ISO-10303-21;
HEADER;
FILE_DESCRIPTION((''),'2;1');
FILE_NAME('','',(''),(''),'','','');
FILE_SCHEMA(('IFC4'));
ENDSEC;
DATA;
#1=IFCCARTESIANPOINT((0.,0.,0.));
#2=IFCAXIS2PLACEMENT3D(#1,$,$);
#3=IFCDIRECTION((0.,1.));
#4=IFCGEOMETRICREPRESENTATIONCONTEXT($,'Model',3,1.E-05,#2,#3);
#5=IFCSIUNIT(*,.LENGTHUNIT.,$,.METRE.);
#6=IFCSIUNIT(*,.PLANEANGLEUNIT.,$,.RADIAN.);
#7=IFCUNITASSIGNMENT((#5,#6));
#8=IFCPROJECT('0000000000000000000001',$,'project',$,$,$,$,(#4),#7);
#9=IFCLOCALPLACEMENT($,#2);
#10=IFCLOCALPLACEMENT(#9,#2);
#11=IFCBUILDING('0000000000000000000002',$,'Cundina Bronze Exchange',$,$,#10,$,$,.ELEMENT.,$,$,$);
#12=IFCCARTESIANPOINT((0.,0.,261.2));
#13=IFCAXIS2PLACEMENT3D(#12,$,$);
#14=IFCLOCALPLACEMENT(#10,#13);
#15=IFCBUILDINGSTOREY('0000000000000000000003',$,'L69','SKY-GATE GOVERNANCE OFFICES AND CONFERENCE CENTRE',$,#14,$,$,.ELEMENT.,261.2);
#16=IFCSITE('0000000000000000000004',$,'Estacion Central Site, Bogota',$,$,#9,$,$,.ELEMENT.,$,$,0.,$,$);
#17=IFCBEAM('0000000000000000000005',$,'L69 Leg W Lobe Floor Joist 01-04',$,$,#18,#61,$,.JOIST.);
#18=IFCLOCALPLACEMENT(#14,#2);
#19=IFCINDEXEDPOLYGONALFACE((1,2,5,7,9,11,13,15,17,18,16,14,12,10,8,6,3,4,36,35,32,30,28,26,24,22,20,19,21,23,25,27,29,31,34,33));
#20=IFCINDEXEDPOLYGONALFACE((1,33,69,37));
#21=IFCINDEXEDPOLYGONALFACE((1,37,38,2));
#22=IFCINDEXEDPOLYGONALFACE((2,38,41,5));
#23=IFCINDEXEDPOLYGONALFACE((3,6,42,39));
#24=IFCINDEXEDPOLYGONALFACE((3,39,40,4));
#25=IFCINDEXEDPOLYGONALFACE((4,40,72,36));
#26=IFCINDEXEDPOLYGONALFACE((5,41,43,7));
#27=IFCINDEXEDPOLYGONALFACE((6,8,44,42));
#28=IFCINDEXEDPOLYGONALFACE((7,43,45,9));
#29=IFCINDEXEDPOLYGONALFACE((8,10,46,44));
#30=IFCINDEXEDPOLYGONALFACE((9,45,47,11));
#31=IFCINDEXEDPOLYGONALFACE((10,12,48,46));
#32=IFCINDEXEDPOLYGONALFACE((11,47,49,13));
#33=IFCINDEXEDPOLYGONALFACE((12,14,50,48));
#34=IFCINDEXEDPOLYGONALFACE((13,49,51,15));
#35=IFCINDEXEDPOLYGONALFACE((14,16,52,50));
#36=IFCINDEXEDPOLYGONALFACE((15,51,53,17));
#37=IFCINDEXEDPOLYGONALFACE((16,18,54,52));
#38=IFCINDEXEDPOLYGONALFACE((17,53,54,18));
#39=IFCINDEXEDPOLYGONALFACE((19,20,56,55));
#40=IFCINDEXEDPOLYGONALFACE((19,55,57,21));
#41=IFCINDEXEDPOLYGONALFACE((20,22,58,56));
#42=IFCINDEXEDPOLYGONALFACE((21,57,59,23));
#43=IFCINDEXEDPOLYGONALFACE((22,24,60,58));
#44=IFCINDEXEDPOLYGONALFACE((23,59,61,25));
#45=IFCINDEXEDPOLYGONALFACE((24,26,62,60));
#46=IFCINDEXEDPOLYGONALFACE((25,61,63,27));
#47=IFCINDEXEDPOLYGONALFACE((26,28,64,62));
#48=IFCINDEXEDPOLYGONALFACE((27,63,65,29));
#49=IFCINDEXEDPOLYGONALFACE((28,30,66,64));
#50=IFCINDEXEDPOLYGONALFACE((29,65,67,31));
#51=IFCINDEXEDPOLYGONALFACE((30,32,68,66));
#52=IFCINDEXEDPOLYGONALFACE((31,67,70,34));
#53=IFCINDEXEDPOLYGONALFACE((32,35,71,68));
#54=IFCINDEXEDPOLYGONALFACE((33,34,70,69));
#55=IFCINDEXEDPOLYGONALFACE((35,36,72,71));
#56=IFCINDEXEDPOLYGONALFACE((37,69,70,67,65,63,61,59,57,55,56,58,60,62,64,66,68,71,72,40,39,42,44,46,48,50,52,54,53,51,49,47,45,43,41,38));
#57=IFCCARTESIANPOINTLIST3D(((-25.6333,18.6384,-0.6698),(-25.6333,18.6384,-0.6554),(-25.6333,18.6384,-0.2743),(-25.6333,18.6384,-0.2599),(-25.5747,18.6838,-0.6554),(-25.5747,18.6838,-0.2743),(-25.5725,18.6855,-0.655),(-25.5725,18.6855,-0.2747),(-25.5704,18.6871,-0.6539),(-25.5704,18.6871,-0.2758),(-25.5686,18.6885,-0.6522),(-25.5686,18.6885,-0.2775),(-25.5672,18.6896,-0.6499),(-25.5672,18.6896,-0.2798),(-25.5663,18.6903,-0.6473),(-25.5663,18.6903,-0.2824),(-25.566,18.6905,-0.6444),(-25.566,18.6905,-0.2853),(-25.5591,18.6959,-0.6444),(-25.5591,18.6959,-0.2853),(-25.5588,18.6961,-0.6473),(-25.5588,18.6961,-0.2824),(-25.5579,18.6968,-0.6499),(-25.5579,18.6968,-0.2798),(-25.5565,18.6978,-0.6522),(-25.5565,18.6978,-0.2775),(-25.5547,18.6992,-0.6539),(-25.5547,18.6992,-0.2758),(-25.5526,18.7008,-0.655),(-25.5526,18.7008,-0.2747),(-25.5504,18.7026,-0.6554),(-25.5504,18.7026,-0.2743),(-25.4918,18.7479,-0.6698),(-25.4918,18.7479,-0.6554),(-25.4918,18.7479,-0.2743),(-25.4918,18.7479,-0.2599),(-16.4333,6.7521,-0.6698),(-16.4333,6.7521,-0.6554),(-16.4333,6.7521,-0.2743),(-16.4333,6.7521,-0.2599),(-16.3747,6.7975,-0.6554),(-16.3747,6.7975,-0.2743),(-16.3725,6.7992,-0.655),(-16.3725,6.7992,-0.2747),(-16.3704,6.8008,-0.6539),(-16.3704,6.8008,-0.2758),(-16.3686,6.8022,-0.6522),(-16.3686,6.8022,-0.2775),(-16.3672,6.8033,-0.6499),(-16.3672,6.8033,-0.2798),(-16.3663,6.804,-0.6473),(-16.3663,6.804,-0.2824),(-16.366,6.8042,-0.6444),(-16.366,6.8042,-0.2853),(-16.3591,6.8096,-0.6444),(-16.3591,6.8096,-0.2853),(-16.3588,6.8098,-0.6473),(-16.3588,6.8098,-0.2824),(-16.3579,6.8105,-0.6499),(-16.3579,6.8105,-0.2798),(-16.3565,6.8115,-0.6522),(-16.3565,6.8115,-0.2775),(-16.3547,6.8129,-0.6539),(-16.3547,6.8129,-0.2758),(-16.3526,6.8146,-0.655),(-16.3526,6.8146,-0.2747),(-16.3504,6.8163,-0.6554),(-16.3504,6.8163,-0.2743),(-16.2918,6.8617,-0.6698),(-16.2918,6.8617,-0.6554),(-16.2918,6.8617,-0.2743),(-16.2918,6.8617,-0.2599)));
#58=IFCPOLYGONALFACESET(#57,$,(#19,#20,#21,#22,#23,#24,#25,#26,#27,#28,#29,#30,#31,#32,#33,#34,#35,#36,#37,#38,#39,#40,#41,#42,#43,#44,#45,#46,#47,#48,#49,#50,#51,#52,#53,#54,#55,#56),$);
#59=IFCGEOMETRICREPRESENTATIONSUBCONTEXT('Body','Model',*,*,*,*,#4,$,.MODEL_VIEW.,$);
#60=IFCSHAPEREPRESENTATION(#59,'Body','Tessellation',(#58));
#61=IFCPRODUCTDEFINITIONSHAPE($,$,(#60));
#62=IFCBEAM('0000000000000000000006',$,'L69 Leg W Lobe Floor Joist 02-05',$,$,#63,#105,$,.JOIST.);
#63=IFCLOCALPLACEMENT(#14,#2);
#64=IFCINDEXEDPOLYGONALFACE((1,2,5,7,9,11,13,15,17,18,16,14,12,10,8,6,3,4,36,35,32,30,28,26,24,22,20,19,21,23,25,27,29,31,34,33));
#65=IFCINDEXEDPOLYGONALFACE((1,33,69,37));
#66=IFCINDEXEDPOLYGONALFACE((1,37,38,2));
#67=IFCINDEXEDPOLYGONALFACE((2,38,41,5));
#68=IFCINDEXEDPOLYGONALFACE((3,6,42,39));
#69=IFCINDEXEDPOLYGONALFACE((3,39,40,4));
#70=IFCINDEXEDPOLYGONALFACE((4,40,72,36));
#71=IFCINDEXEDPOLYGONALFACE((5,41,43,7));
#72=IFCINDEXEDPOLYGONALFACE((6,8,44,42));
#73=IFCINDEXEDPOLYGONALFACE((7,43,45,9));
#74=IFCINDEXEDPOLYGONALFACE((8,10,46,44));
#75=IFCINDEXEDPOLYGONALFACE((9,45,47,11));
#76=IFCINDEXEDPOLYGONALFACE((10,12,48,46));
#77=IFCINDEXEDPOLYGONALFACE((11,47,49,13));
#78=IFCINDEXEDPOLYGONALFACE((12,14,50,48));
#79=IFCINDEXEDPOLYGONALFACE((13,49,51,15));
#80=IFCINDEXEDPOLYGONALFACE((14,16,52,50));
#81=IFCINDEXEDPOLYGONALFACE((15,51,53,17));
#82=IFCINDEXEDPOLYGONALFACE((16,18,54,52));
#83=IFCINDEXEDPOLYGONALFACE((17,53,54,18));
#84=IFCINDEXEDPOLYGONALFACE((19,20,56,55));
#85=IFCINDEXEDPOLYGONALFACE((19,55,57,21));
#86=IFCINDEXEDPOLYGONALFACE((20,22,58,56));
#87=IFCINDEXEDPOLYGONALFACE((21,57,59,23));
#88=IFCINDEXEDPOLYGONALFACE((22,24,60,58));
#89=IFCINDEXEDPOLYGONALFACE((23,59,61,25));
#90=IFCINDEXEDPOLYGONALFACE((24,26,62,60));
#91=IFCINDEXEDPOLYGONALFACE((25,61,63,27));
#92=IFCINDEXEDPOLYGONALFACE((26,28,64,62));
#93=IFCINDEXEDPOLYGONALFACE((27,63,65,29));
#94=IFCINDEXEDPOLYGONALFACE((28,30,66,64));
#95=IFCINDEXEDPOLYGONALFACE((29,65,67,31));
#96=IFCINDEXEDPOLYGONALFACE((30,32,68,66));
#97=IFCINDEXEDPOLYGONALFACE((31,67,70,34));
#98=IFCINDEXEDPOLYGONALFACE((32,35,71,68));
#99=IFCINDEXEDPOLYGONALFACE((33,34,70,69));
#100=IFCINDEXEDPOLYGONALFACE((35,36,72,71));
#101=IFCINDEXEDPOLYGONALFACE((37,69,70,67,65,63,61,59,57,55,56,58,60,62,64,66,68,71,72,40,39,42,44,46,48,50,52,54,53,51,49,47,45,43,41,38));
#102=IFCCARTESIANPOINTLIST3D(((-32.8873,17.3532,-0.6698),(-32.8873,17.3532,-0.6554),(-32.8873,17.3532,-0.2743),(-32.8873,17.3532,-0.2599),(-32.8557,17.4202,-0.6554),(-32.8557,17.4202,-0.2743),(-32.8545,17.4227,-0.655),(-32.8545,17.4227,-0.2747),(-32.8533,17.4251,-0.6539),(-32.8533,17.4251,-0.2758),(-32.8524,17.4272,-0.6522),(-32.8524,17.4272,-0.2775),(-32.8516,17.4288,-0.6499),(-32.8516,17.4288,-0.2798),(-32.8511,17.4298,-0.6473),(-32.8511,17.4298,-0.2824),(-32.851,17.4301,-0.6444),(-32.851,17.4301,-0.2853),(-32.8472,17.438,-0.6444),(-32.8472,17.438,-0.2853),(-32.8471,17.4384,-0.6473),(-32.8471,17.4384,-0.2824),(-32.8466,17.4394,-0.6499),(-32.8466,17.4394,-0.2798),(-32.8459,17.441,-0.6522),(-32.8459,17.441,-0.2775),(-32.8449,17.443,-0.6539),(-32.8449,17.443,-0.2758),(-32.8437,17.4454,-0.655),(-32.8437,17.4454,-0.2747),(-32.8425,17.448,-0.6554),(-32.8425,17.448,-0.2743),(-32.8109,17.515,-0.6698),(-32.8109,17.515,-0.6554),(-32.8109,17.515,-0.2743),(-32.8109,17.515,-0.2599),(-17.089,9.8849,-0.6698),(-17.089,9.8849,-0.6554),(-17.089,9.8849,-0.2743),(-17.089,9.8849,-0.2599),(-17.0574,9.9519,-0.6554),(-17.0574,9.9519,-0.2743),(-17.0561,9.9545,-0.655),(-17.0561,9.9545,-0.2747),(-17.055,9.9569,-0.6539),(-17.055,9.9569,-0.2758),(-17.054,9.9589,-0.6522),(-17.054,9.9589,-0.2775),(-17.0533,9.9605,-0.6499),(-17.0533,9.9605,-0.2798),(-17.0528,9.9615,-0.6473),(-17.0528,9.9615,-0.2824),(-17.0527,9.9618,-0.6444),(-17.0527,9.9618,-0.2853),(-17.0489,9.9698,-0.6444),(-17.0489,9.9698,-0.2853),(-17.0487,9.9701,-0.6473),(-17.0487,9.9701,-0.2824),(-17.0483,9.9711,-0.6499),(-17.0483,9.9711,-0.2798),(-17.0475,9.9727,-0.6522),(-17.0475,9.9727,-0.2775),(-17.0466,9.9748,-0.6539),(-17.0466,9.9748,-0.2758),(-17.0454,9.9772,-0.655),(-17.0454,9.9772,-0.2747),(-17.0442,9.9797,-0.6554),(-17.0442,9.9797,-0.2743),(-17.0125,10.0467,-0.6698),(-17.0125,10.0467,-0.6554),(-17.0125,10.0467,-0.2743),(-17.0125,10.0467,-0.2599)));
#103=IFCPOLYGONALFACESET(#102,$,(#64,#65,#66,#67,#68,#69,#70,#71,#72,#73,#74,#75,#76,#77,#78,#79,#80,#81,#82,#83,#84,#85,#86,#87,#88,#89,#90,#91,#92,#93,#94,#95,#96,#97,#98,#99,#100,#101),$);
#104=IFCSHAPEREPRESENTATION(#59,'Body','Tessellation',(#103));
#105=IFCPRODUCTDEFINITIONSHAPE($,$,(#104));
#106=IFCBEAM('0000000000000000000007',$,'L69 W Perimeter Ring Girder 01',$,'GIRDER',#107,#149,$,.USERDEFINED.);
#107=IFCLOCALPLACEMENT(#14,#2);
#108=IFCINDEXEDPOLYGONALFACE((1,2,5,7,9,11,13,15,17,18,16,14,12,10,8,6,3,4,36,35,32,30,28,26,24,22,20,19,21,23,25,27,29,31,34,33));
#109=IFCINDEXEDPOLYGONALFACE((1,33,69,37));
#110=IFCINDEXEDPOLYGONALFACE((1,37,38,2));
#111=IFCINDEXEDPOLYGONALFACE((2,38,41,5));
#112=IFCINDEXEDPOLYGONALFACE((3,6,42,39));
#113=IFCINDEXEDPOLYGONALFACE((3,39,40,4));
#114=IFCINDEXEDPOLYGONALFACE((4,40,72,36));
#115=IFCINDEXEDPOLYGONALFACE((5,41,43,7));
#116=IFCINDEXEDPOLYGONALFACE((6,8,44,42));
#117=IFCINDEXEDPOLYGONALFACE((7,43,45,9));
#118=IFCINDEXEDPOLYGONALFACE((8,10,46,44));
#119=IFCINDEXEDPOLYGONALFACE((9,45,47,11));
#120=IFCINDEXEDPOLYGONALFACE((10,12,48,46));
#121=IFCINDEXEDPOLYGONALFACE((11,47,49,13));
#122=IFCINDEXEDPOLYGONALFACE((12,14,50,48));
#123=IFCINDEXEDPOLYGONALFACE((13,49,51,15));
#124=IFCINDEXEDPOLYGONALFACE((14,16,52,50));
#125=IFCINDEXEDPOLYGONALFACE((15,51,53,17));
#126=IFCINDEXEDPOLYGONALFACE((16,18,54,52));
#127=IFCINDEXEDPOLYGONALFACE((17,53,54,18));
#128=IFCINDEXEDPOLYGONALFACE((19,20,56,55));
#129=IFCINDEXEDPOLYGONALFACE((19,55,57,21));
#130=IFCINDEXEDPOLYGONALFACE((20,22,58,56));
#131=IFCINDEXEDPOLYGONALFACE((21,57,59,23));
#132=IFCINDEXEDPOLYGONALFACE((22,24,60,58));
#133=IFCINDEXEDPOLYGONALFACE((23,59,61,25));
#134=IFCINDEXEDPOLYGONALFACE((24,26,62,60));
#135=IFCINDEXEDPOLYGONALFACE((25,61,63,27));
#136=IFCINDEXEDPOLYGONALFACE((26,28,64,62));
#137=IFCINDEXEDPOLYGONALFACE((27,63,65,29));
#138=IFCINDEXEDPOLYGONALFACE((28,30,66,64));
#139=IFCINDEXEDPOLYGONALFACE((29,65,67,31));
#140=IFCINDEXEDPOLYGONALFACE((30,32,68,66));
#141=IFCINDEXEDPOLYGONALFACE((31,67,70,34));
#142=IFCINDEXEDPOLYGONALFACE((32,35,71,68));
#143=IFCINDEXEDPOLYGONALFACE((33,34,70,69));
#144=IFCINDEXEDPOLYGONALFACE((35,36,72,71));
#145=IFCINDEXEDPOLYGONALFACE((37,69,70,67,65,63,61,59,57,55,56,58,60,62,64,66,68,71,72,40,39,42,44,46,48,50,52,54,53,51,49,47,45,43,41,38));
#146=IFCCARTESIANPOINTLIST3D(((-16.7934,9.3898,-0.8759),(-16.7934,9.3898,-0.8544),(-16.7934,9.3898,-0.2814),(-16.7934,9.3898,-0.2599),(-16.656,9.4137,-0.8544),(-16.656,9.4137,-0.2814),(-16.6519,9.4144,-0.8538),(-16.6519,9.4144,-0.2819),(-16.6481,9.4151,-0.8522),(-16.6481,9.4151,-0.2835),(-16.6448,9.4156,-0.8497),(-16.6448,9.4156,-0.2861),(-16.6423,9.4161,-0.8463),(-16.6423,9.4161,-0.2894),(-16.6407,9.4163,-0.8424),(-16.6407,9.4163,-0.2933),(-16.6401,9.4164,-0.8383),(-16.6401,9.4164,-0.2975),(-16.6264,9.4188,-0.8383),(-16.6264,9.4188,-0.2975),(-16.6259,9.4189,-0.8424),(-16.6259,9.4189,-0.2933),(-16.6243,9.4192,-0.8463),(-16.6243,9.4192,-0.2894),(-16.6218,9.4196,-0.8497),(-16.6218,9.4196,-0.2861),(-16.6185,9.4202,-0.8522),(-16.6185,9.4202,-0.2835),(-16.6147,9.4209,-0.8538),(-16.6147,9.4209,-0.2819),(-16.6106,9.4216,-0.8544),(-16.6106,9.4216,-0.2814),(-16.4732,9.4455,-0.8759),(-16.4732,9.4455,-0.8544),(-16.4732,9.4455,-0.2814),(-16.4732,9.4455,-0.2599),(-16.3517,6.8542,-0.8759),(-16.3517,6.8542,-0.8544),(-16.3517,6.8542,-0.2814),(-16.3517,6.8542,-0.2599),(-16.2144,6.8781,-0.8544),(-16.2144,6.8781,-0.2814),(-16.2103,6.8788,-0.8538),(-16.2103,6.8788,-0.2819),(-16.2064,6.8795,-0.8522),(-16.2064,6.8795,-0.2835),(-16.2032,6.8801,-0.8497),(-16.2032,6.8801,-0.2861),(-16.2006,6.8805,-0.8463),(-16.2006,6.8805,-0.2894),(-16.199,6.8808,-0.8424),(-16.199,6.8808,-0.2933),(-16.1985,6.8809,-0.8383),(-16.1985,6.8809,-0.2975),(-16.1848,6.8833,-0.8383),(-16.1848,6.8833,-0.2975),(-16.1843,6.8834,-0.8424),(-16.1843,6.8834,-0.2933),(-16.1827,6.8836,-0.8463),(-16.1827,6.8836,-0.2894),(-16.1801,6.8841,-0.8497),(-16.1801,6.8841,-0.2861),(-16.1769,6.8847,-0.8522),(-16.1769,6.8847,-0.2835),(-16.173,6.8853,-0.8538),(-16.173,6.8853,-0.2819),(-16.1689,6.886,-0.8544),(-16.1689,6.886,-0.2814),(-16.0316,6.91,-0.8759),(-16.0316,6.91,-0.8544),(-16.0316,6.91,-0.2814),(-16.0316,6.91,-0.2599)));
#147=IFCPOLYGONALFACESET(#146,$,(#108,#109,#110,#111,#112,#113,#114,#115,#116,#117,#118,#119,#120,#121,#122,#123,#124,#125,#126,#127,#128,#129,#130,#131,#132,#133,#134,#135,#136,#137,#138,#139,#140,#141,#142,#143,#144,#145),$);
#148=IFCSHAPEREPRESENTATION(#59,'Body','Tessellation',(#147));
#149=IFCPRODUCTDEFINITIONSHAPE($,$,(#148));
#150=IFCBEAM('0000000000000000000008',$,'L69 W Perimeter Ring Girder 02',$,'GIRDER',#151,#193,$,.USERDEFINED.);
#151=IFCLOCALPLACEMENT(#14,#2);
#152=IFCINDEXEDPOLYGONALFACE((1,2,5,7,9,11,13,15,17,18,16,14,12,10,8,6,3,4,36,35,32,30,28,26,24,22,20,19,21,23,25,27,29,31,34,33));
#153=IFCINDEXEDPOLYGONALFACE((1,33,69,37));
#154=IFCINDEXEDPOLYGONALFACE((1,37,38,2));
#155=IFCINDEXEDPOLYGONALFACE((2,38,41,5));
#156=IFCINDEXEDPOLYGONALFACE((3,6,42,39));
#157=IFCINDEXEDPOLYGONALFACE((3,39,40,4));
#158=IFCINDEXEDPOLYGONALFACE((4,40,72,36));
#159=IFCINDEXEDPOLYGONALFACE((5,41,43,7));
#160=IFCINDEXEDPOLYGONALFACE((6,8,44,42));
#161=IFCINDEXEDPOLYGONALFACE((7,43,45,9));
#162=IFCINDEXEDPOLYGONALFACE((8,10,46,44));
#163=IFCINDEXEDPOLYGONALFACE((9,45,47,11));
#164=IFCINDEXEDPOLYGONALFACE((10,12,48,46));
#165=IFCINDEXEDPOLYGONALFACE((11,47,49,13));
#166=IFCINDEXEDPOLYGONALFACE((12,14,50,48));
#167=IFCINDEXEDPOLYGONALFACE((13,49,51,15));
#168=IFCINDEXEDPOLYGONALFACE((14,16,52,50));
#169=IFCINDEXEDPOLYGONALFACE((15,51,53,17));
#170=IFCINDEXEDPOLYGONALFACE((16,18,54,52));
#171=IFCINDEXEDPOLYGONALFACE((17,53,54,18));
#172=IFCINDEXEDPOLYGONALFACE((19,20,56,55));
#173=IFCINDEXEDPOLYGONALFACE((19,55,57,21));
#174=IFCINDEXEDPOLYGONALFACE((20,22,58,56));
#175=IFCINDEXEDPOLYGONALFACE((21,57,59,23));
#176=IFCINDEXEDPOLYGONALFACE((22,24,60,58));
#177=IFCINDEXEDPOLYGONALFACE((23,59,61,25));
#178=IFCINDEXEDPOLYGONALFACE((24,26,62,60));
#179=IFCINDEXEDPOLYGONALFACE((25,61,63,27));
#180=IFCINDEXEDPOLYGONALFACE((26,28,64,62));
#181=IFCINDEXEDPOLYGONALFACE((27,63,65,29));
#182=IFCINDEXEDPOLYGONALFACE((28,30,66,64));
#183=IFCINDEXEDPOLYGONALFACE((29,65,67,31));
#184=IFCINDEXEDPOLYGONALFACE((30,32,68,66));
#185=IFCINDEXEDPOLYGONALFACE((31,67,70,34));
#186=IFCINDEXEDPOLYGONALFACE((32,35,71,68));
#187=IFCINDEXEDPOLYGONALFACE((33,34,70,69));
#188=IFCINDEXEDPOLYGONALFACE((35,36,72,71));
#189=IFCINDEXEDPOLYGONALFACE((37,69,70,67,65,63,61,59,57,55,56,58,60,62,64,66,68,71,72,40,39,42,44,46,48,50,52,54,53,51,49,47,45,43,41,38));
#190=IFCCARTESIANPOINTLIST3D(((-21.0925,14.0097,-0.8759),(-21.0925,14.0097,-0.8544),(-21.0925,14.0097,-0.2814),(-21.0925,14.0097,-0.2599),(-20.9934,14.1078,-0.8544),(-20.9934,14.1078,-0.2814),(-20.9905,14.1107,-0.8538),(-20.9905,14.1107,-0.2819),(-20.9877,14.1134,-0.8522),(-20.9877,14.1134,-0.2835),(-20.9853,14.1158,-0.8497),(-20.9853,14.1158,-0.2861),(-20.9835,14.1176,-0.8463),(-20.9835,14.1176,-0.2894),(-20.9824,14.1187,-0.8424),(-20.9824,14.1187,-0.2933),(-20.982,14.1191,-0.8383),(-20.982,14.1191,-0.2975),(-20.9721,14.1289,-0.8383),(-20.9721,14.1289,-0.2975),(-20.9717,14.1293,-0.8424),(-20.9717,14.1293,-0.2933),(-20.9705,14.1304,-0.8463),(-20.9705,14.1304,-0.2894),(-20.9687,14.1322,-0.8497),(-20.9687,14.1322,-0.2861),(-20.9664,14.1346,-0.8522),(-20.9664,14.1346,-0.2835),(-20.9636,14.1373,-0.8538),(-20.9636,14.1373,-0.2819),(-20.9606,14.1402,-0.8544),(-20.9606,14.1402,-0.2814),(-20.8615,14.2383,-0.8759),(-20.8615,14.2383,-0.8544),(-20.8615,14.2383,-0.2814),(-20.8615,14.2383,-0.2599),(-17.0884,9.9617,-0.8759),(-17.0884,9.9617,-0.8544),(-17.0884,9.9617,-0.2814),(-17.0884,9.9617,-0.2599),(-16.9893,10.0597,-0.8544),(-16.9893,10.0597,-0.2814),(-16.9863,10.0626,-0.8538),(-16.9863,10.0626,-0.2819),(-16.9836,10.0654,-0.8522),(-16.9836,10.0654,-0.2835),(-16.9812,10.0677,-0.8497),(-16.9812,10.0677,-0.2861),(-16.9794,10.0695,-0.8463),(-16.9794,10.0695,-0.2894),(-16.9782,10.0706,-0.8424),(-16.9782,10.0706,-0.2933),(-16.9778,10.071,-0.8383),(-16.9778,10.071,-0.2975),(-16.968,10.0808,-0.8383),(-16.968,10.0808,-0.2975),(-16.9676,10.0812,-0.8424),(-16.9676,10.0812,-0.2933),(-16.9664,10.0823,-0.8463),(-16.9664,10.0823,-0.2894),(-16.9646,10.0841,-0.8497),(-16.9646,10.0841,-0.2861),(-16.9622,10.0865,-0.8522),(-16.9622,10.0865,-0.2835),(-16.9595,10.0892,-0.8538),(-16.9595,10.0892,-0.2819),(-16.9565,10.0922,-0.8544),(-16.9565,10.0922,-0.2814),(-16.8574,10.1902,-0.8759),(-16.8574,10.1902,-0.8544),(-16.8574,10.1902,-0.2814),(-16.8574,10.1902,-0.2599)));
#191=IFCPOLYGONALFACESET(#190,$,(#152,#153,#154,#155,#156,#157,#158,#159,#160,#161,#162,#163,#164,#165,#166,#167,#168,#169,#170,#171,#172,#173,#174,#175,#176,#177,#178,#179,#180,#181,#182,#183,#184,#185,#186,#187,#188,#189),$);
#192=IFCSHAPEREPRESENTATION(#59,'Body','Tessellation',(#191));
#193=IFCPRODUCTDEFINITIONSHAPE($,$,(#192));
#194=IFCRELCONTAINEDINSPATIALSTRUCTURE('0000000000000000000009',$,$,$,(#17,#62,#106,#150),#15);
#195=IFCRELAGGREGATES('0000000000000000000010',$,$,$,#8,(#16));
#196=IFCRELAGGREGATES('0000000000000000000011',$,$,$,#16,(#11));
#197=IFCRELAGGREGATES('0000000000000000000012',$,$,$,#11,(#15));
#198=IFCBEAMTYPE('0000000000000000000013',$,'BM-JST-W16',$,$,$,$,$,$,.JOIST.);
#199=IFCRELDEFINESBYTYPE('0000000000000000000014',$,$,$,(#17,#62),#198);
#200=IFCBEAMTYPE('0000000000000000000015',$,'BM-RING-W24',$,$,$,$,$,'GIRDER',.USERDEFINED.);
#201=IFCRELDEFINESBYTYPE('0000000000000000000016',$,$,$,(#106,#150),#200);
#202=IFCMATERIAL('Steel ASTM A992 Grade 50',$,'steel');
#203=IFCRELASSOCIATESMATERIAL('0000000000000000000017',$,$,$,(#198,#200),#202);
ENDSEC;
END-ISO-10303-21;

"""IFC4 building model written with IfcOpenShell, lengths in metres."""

from ifc_helpers import new_model, si_unit, direction, frame, origin, origin_2d, place, context, subcontext, project, spatial, i_section, extrude, material, material_profile, profile_set, type_object, element, save


model = new_model("IFC4")

# Units and contexts
model_context = context("Model", 3, precision=1e-05, world=origin(), true_north=direction((0.0, 1.0)))
body_context = subcontext(model_context, "Body", "Model", "MODEL_VIEW")
ifc_project = project(units=[si_unit("LENGTHUNIT", "METRE"), si_unit("PLANEANGLEUNIT", "RADIAN")], contexts=[model_context])

# Site, building, storey
site_placement = place(None, origin())
site = spatial("IfcSite", under=ifc_project, at=site_placement, Name="Estacion Central Site, Bogota", CompositionType="ELEMENT", RefElevation=0.0)
building_placement = place(site_placement, origin())
building = spatial("IfcBuilding", under=site, at=building_placement, Name="Cundina Bronze Exchange", CompositionType="ELEMENT")
storey_placement = place(building_placement, frame((0.0, 0.0, 261.2)))
storey = spatial("IfcBuildingStorey", under=building, at=storey_placement, Name="L69", Description="SKY-GATE GOVERNANCE OFFICES AND CONFERENCE CENTRE", CompositionType="ELEMENT", Elevation=261.2)

# Beams
ifc_material_1 = material(Name="Steel ASTM A992 Grade 50", Category="steel")
ifc_material_profile_1 = material_profile(ifc_material_1, i_section(OverallWidth=0.179, OverallDepth=0.4099, WebThickness=0.0088, FlangeThickness=0.0144, FilletRadius=0.011, at=origin_2d()), Name="W16X45", Category="steel")
ifc_profile_set_1 = profile_set([ifc_material_profile_1], Name="Steel ASTM A992 Grade 50")
beam_type_1 = type_object("IfcBeamType", Name="BM-JST-W16", PredefinedType="JOIST", material=ifc_profile_set_1)
beam_1_placement = place(storey_placement, frame((-16.3625, 6.8069, -0.4648), z_axis=(-0.612078, 0.790798, 0.0), x_axis=(-0.790798, -0.612078, 0.0)))
element("IfcBeam", 1, at=beam_1_placement, inside=storey, type_object=beam_type_1, Name="L69 Leg W Lobe Floor Joist 01-04", PredefinedType="JOIST", context=body_context, shape_type="SweptSolid", body=[
    extrude(i_section(OverallWidth=0.179, OverallDepth=0.4099, WebThickness=0.0088, FlangeThickness=0.0144, FilletRadius=0.011, at=origin_2d()), origin(), (0.0, 0.0, 1.0), 15.0308),
])
beam_2_placement = place(storey_placement, frame((-17.0508, 9.9658, -0.4648), z_axis=(-0.904073, 0.427378, 0.0), x_axis=(-0.427378, -0.904073, 0.0)))
element("IfcBeam", 2, at=beam_2_placement, inside=storey, type_object=beam_type_1, Name="L69 Leg W Lobe Floor Joist 02-05", PredefinedType="JOIST", context=body_context, shape_type="SweptSolid", body=[
    extrude(i_section(OverallWidth=0.179, OverallDepth=0.4099, WebThickness=0.0088, FlangeThickness=0.0144, FilletRadius=0.011, at=origin_2d()), origin(), (0.0, 0.0, 1.0), 17.4746),
])
ifc_material_profile_2 = material_profile(ifc_material_1, i_section(OverallWidth=0.325, OverallDepth=0.616, WebThickness=0.0139, FlangeThickness=0.0215, FilletRadius=0.0161, at=origin_2d()), Name="W24X117", Category="steel")
ifc_profile_set_2 = profile_set([ifc_material_profile_2], Name="Steel ASTM A992 Grade 50")
beam_type_2 = type_object("IfcBeamType", Name="BM-RING-W24", ElementType="GIRDER", PredefinedType="USERDEFINED", material=ifc_profile_set_2)
beam_3_placement = place(storey_placement, frame((-16.1917, 6.8821, -0.5679), z_axis=(-0.171593, 0.985168, 0.0), x_axis=(-0.985168, -0.171593, 0.0)))
element("IfcBeam", 3, at=beam_3_placement, inside=storey, type_object=beam_type_2, Name="L69 W Perimeter Ring Girder 01", ObjectType="GIRDER", PredefinedType="USERDEFINED", context=body_context, shape_type="SweptSolid", body=[
    extrude(i_section(OverallWidth=0.325, OverallDepth=0.616, WebThickness=0.0139, FlangeThickness=0.0215, FilletRadius=0.0161, at=origin_2d()), origin(), (0.0, 0.0, 1.0), 2.5737),
])
beam_4_placement = place(storey_placement, frame((-16.9729, 10.0759, -0.5679), z_axis=(-0.703237, 0.710955, 0.0), x_axis=(-0.710955, -0.703237, 0.0)))
element("IfcBeam", 4, at=beam_4_placement, inside=storey, type_object=beam_type_2, Name="L69 W Perimeter Ring Girder 02", ObjectType="GIRDER", PredefinedType="USERDEFINED", context=body_context, shape_type="SweptSolid", body=[
    extrude(i_section(OverallWidth=0.325, OverallDepth=0.616, WebThickness=0.0139, FlangeThickness=0.0215, FilletRadius=0.0161, at=origin_2d()), origin(), (0.0, 0.0, 1.0), 5.6938),
])

save(model, "model.ifc")
